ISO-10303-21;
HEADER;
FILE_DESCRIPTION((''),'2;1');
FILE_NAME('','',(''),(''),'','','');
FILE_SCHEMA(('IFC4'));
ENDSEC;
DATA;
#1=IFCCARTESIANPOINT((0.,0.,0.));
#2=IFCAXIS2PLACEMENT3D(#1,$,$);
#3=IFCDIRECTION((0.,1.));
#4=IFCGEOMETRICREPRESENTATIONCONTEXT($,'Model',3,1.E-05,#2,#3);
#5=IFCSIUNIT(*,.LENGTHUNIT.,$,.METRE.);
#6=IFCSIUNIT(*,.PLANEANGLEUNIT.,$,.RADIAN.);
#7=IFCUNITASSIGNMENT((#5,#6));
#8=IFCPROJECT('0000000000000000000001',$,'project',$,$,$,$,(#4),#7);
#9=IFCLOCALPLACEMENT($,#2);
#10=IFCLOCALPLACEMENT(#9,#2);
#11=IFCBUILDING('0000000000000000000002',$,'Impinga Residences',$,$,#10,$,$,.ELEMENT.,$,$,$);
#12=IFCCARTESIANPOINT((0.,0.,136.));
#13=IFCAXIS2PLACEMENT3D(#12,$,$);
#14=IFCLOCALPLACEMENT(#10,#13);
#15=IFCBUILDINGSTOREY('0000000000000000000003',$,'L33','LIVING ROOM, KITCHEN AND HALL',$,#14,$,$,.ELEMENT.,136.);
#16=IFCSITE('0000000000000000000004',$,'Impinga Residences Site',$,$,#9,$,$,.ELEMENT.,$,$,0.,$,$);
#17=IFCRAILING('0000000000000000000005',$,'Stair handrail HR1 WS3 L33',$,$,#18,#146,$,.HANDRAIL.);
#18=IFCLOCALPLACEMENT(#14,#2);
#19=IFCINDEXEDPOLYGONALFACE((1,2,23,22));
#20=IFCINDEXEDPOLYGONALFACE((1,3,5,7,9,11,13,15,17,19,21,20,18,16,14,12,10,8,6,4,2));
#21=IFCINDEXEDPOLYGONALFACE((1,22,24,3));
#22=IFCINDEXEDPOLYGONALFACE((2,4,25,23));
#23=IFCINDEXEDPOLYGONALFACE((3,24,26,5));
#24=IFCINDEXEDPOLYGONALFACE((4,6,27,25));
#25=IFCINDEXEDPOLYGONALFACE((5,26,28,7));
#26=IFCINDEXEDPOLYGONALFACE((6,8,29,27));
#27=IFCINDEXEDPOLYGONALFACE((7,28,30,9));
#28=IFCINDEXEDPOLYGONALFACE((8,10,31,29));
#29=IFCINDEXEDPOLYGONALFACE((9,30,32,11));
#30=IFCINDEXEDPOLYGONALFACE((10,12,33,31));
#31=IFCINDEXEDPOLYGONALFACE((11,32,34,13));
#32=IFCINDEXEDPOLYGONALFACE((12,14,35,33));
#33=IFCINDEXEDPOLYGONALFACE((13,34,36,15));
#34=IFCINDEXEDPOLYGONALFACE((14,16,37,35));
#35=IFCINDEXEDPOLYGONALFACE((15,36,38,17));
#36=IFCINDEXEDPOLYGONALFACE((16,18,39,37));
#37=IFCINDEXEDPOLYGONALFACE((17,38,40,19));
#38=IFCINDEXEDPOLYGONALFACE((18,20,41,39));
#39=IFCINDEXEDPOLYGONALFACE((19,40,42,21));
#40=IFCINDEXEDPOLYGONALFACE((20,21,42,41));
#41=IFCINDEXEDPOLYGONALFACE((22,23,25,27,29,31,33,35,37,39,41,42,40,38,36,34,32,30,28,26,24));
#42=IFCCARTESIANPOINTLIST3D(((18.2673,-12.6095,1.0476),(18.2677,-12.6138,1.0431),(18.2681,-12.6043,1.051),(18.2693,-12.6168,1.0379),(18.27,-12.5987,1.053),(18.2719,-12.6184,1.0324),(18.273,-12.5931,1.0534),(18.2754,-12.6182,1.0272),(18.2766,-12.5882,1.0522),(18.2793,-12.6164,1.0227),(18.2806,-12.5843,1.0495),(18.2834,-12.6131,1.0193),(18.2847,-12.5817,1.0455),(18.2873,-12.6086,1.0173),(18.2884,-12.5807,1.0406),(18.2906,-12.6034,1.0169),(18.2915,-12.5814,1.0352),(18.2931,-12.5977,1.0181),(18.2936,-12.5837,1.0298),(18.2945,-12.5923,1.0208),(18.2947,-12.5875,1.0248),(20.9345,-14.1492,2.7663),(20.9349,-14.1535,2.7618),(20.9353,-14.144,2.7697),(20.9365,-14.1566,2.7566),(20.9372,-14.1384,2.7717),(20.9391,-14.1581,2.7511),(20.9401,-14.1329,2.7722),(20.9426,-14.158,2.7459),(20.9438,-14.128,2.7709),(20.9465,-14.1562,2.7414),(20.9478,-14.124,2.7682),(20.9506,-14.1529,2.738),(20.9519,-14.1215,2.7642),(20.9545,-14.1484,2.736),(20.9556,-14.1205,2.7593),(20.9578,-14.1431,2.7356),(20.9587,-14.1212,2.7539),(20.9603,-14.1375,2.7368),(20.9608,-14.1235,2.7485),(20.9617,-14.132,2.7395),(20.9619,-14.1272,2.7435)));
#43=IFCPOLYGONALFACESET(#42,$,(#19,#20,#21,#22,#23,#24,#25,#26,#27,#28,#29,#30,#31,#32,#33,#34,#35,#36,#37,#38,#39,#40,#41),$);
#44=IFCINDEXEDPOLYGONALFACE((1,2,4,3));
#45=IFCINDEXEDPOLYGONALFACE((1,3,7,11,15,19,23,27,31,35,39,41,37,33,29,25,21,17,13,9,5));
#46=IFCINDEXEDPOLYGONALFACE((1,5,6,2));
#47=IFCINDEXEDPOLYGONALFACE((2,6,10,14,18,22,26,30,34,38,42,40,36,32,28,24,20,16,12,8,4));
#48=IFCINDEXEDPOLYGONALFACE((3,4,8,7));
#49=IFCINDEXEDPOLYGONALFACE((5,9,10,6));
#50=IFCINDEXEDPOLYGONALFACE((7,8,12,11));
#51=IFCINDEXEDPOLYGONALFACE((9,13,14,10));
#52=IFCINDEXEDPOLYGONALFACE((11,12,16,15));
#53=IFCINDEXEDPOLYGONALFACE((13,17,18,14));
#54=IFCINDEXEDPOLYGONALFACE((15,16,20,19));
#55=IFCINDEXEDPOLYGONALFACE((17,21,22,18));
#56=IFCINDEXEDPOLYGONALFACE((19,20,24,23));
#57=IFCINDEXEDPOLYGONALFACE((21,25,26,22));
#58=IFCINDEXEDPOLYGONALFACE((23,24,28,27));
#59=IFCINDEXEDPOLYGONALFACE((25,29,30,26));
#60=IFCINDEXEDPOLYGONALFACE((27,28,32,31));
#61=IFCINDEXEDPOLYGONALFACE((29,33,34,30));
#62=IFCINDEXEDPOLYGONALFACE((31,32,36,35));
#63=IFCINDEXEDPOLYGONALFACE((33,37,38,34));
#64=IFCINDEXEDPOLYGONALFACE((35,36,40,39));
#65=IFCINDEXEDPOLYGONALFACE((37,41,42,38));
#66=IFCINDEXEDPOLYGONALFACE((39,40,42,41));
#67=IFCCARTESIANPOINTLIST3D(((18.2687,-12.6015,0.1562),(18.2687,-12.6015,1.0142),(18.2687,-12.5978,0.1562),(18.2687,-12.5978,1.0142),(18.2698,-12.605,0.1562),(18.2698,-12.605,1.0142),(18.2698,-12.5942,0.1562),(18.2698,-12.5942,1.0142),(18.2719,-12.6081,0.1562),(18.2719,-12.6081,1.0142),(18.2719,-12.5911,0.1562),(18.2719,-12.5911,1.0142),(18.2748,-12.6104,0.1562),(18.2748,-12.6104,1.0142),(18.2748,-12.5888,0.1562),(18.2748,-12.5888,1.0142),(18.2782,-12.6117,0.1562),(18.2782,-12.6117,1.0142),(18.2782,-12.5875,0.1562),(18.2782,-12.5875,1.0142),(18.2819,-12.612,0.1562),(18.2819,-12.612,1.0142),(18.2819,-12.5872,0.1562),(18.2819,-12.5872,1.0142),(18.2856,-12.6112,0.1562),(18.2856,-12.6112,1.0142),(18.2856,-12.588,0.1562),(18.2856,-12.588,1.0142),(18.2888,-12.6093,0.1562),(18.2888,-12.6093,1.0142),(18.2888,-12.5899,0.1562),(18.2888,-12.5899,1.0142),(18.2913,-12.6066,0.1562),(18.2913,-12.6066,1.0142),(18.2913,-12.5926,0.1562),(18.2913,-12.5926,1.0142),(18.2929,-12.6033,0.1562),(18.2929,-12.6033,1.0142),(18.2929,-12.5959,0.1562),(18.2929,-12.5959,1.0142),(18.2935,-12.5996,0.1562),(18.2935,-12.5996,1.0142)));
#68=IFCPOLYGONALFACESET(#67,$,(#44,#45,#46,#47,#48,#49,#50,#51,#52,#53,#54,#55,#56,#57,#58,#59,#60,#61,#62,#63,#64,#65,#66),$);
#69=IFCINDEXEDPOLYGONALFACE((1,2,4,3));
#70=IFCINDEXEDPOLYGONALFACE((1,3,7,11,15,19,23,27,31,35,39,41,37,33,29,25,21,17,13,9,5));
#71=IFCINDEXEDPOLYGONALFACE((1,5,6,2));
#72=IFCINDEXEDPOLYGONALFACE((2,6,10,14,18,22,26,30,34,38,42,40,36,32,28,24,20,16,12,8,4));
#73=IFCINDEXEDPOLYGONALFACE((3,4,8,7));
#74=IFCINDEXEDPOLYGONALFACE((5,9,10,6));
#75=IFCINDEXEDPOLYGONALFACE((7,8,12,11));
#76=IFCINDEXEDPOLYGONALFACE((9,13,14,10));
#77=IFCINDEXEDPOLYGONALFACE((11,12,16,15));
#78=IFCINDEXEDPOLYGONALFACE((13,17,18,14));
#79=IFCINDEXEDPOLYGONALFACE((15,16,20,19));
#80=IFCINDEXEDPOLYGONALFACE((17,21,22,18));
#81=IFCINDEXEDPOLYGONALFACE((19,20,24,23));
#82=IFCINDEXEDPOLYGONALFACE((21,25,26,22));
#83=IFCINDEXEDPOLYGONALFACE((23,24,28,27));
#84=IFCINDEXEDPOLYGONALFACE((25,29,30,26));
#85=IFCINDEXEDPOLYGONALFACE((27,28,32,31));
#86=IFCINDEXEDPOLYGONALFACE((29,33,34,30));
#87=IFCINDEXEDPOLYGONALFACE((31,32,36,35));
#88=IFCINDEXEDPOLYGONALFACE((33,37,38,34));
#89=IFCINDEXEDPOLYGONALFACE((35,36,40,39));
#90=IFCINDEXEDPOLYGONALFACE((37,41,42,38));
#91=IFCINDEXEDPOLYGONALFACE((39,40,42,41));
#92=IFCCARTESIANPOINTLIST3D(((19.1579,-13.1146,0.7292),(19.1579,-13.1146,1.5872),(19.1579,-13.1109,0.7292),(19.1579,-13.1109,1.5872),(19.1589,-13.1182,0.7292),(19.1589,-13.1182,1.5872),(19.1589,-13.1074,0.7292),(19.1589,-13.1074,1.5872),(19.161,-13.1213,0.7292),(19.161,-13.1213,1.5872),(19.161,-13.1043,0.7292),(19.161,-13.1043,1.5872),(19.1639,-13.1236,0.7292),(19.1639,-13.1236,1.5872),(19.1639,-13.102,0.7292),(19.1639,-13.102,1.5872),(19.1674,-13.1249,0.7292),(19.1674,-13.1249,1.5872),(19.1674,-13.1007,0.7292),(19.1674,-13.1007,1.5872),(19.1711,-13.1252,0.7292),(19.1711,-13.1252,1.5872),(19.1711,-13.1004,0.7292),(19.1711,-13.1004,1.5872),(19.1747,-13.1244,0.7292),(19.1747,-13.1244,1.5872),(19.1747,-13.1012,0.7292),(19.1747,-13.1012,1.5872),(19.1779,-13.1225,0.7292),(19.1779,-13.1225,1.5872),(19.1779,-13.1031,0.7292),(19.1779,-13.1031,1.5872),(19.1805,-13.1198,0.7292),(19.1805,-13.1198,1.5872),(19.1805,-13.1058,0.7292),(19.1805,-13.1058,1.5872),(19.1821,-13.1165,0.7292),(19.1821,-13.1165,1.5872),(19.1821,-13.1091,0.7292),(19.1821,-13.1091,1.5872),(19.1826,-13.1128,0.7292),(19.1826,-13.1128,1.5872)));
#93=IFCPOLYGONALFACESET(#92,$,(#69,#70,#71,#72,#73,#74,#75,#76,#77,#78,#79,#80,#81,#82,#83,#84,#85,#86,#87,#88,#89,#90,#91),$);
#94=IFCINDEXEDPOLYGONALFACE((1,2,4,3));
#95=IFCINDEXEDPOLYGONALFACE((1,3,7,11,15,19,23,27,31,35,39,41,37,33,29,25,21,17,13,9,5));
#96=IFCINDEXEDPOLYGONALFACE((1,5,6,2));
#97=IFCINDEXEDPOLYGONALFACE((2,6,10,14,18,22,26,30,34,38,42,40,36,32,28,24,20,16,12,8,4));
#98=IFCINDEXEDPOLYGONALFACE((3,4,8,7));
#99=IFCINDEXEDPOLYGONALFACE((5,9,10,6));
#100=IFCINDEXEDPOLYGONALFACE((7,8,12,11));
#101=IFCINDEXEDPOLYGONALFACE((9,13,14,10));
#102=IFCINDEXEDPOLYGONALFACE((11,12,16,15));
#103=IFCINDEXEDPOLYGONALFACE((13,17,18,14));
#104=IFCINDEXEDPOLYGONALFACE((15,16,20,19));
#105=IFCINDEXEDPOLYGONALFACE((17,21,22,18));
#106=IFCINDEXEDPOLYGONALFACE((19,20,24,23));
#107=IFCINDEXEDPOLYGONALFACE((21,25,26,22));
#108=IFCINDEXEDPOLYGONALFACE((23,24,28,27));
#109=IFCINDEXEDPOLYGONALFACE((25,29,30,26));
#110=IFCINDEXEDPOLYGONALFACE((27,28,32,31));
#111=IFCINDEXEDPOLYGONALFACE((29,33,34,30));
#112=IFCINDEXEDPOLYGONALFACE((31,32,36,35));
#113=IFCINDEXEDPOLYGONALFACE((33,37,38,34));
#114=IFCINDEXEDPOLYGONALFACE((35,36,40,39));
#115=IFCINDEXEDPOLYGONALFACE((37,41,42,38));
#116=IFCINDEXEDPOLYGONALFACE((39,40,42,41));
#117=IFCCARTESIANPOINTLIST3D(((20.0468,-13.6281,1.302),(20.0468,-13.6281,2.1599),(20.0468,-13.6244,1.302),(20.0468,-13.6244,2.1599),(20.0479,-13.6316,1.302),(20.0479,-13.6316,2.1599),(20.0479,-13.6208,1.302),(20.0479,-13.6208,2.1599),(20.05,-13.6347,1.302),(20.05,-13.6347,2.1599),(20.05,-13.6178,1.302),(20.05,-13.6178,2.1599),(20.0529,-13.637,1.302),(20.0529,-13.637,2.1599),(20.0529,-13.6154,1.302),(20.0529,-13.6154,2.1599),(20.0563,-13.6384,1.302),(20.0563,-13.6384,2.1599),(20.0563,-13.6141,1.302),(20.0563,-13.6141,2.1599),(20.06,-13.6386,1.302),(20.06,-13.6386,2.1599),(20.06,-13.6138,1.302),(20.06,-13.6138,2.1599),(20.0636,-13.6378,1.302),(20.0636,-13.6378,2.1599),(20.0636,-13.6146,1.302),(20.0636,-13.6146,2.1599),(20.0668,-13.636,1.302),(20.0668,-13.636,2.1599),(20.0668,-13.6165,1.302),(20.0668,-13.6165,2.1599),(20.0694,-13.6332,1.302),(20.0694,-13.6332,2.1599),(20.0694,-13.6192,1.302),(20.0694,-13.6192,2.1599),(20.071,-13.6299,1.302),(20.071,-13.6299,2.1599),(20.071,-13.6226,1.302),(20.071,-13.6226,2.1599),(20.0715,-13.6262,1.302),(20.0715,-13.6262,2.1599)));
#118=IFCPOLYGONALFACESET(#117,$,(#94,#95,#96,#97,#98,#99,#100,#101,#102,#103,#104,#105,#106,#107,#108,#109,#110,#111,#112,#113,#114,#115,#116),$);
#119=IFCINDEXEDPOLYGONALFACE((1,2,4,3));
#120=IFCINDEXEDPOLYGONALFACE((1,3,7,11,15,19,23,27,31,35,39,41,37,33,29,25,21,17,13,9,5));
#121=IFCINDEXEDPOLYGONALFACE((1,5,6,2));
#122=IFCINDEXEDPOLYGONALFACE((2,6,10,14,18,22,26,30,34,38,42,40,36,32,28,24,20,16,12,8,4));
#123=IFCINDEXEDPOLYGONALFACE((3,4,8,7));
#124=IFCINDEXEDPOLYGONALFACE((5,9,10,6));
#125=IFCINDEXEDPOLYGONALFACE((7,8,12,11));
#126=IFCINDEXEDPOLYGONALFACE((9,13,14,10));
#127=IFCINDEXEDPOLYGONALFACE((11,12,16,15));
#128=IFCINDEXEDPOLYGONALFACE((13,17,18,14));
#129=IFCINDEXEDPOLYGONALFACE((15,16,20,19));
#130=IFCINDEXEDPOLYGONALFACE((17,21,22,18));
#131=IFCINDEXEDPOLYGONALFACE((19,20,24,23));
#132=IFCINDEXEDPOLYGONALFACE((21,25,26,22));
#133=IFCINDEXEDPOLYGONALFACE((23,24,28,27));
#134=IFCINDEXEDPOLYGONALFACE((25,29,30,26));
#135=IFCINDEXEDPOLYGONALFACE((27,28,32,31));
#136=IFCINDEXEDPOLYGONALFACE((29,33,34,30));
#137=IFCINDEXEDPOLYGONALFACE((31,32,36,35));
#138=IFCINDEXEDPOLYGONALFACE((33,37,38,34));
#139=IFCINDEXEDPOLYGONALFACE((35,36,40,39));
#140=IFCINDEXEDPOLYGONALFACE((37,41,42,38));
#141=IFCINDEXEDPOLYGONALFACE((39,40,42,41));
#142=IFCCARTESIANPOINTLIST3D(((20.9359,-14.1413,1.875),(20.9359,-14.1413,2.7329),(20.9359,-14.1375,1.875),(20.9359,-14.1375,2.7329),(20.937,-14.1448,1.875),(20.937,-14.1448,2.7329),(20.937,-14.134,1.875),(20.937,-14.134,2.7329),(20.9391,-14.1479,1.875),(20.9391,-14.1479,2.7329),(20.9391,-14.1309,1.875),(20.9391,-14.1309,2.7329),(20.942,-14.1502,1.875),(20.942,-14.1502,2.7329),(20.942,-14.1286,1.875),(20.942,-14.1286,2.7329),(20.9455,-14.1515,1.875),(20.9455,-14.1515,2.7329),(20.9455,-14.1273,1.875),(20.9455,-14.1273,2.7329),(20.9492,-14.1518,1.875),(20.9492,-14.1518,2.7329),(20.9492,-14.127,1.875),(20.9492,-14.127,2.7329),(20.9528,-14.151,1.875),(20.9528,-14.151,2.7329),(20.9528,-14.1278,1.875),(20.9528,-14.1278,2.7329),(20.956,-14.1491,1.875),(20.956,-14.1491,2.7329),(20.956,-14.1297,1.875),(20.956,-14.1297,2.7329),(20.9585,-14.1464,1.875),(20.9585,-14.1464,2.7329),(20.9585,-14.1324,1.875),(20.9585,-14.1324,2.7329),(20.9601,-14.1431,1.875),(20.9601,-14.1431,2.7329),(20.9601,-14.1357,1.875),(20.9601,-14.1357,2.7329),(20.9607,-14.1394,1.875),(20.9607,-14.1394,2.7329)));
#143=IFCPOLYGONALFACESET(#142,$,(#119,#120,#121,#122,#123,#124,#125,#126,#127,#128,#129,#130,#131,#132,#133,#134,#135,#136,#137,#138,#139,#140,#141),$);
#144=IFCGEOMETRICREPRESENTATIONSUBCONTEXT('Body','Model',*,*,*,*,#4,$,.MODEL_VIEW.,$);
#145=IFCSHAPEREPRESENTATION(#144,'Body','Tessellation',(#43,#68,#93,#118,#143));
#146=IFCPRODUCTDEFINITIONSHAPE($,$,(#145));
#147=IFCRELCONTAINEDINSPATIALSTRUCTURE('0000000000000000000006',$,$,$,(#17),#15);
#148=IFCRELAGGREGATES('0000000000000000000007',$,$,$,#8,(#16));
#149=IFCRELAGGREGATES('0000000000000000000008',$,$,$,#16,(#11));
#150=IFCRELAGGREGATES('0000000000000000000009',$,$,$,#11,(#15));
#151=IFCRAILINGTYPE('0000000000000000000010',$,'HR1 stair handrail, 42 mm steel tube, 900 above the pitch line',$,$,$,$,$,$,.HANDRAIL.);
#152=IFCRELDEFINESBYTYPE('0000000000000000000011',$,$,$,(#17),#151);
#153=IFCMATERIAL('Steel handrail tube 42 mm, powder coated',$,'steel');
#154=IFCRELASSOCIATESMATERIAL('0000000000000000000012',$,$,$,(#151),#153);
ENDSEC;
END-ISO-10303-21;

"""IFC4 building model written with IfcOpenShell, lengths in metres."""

from ifc_helpers import new_model, si_unit, direction, frame, origin, origin_2d, place, context, subcontext, project, spatial, circle, extrude, material, type_object, element, save


model = new_model("IFC4")

# Units and contexts
model_context = context("Model", 3, precision=1e-05, world=origin(), true_north=direction((0.0, 1.0)))
body_context = subcontext(model_context, "Body", "Model", "MODEL_VIEW")
ifc_project = project(units=[si_unit("LENGTHUNIT", "METRE"), si_unit("PLANEANGLEUNIT", "RADIAN")], contexts=[model_context])

# Site, building, storey
site_placement = place(None, origin())
site = spatial("IfcSite", under=ifc_project, at=site_placement, Name="Impinga Residences Site", CompositionType="ELEMENT", RefElevation=0.0)
building_placement = place(site_placement, origin())
building = spatial("IfcBuilding", under=site, at=building_placement, Name="Impinga Residences", CompositionType="ELEMENT")
storey_placement = place(building_placement, frame((0.0, 0.0, 136.0)))
storey = spatial("IfcBuildingStorey", under=building, at=storey_placement, Name="L33", Description="LIVING ROOM, KITCHEN AND HALL", CompositionType="ELEMENT", Elevation=136.0)

# Railing
ifc_material_1 = material(Name="Steel handrail tube 42 mm, powder coated", Category="steel")
railing_type_1 = type_object("IfcRailingType", Name="HR1 stair handrail, 42 mm steel tube, 900 above the pitch line", PredefinedType="HANDRAIL", material=ifc_material_1)
railing_1_placement = place(storey_placement, frame((18.281, -12.5996, 0.1562)))
element("IfcRailing", 1, at=railing_1_placement, inside=storey, type_object=railing_type_1, Name="Stair handrail HR1 WS3 L33", PredefinedType="HANDRAIL", context=body_context, shape_type="SweptSolid", body=[
    extrude(circle(Radius=0.021, at=origin_2d()), frame((0.0, 0.0, 0.8789), z_axis=(0.756249, -0.436582, 0.487322), x_axis=(0.499967, 0.866044, 0.0)), (0.0, 0.0, 1.0), 3.5269),
    extrude(circle(Radius=0.0125, at=origin_2d()), origin(), (0.0, 0.0, 1.0), 0.8579),
    extrude(circle(Radius=0.0125, at=origin_2d()), frame((0.8892, -0.5132, 0.573)), (0.0, 0.0, 1.0), 0.8579),
    extrude(circle(Radius=0.0125, at=origin_2d()), frame((1.7781, -1.0266, 1.1458)), (0.0, 0.0, 1.0), 0.8579),
    extrude(circle(Radius=0.0125, at=origin_2d()), frame((2.6672, -1.5398, 1.7188)), (0.0, 0.0, 1.0), 0.8579),
])

save(model, "model.ifc")
